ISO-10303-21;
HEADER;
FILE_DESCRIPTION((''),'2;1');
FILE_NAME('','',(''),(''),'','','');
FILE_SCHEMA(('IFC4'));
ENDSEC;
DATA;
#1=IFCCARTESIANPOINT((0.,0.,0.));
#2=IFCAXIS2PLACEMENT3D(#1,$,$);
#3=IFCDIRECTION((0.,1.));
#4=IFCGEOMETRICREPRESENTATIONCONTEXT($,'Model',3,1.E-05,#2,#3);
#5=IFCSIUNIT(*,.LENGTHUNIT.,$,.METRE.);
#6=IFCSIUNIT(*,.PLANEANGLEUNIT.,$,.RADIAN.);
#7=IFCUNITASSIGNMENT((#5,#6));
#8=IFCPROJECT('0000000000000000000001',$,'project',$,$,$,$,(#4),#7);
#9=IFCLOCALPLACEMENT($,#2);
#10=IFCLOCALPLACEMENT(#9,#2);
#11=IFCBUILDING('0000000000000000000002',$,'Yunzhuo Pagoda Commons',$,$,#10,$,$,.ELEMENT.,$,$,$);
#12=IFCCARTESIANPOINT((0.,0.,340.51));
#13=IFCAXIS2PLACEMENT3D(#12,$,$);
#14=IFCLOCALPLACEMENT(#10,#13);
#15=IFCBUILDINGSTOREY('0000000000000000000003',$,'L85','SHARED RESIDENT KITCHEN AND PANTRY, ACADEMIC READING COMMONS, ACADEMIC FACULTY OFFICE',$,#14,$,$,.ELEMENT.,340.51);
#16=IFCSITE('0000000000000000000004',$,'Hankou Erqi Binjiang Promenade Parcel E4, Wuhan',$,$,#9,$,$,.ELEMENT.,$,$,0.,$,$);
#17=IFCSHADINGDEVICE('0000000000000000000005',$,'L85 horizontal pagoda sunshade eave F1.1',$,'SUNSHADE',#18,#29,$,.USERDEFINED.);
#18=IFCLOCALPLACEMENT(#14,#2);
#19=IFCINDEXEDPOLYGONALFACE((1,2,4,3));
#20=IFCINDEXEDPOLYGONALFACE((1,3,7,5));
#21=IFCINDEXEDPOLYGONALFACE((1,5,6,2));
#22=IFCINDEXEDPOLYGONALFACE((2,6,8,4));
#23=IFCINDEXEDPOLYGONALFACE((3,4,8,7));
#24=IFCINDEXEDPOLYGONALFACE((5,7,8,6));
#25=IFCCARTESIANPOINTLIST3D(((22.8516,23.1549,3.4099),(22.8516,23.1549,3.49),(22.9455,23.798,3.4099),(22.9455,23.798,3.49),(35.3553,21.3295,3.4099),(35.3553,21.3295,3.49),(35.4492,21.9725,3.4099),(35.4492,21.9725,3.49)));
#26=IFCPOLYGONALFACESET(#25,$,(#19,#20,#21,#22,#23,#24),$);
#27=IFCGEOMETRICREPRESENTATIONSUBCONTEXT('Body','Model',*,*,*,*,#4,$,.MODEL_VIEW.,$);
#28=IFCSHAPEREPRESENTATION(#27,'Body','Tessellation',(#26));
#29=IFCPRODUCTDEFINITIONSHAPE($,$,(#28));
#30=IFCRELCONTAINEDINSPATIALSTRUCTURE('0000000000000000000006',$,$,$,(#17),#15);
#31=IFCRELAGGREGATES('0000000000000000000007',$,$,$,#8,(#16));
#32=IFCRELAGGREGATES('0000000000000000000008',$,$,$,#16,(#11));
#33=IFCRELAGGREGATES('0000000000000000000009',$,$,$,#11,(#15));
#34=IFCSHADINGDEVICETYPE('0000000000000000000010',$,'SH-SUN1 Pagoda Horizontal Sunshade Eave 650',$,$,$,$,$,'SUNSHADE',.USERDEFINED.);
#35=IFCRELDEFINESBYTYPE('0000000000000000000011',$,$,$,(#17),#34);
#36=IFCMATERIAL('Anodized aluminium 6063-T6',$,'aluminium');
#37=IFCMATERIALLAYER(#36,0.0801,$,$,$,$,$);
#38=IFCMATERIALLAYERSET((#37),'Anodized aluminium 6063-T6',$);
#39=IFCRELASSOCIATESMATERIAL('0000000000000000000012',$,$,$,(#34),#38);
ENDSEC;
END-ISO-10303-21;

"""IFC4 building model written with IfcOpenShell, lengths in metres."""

from ifc_helpers import new_model, si_unit, direction, frame, origin, origin_2d, place, context, subcontext, project, spatial, rectangle, extrude, source, transform, mapped, material, layer, layer_set, type_object, element, save


model = new_model("IFC4")

# Units and contexts
model_context = context("Model", 3, precision=1e-05, world=origin(), true_north=direction((0.0, 1.0)))
body_context = subcontext(model_context, "Body", "Model", "MODEL_VIEW")
ifc_project = project(units=[si_unit("LENGTHUNIT", "METRE"), si_unit("PLANEANGLEUNIT", "RADIAN")], contexts=[model_context])

# Site, building, storey
site_placement = place(None, origin())
site = spatial("IfcSite", under=ifc_project, at=site_placement, Name="Hankou Erqi Binjiang Promenade Parcel E4, Wuhan", CompositionType="ELEMENT", RefElevation=0.0)
building_placement = place(site_placement, origin())
building = spatial("IfcBuilding", under=site, at=building_placement, Name="Yunzhuo Pagoda Commons", CompositionType="ELEMENT")
storey_placement = place(building_placement, frame((0.0, 0.0, 340.51)))
storey = spatial("IfcBuildingStorey", under=building, at=storey_placement, Name="L85", Description="SHARED RESIDENT KITCHEN AND PANTRY, ACADEMIC READING COMMONS, ACADEMIC FACULTY OFFICE", CompositionType="ELEMENT", Elevation=340.51)

# Shared definitions
ifc_material_1 = material(Name="Anodized aluminium 6063-T6", Category="aluminium")

# Shading device
ifc_layer_1 = layer(ifc_material_1, 0.0801)
ifc_layer_set_1 = layer_set([ifc_layer_1], Name="Anodized aluminium 6063-T6")
shading_device_type = type_object("IfcShadingDeviceType", Name="SH-SUN1 Pagoda Horizontal Sunshade Eave 650", ElementType="SUNSHADE", PredefinedType="USERDEFINED", material=ifc_layer_set_1)
shared_shape_1 = source(origin(), body_context, "Body", "SweptSolid", [
    extrude(rectangle(XDim=12.6362, YDim=0.6499, at=origin_2d()), origin(), (0.0, 0.0, 1.0), 0.0801),
])
shading_device_placement = place(storey_placement, frame((29.1504, 22.5637, 3.4099), z_axis=(0.0, 0.0, 1.0), x_axis=(0.989511, -0.14446, 0.0)))
element("IfcShadingDevice", 1, at=shading_device_placement, inside=storey, type_object=shading_device_type, Name="L85 horizontal pagoda sunshade eave F1.1", ObjectType="SUNSHADE", PredefinedType="USERDEFINED", context=body_context, shape_type="MappedRepresentation", body=[
    mapped(shared_shape_1, transform((0.0, 0.0, 0.0), scale=1.0)),
])

save(model, "model.ifc")
